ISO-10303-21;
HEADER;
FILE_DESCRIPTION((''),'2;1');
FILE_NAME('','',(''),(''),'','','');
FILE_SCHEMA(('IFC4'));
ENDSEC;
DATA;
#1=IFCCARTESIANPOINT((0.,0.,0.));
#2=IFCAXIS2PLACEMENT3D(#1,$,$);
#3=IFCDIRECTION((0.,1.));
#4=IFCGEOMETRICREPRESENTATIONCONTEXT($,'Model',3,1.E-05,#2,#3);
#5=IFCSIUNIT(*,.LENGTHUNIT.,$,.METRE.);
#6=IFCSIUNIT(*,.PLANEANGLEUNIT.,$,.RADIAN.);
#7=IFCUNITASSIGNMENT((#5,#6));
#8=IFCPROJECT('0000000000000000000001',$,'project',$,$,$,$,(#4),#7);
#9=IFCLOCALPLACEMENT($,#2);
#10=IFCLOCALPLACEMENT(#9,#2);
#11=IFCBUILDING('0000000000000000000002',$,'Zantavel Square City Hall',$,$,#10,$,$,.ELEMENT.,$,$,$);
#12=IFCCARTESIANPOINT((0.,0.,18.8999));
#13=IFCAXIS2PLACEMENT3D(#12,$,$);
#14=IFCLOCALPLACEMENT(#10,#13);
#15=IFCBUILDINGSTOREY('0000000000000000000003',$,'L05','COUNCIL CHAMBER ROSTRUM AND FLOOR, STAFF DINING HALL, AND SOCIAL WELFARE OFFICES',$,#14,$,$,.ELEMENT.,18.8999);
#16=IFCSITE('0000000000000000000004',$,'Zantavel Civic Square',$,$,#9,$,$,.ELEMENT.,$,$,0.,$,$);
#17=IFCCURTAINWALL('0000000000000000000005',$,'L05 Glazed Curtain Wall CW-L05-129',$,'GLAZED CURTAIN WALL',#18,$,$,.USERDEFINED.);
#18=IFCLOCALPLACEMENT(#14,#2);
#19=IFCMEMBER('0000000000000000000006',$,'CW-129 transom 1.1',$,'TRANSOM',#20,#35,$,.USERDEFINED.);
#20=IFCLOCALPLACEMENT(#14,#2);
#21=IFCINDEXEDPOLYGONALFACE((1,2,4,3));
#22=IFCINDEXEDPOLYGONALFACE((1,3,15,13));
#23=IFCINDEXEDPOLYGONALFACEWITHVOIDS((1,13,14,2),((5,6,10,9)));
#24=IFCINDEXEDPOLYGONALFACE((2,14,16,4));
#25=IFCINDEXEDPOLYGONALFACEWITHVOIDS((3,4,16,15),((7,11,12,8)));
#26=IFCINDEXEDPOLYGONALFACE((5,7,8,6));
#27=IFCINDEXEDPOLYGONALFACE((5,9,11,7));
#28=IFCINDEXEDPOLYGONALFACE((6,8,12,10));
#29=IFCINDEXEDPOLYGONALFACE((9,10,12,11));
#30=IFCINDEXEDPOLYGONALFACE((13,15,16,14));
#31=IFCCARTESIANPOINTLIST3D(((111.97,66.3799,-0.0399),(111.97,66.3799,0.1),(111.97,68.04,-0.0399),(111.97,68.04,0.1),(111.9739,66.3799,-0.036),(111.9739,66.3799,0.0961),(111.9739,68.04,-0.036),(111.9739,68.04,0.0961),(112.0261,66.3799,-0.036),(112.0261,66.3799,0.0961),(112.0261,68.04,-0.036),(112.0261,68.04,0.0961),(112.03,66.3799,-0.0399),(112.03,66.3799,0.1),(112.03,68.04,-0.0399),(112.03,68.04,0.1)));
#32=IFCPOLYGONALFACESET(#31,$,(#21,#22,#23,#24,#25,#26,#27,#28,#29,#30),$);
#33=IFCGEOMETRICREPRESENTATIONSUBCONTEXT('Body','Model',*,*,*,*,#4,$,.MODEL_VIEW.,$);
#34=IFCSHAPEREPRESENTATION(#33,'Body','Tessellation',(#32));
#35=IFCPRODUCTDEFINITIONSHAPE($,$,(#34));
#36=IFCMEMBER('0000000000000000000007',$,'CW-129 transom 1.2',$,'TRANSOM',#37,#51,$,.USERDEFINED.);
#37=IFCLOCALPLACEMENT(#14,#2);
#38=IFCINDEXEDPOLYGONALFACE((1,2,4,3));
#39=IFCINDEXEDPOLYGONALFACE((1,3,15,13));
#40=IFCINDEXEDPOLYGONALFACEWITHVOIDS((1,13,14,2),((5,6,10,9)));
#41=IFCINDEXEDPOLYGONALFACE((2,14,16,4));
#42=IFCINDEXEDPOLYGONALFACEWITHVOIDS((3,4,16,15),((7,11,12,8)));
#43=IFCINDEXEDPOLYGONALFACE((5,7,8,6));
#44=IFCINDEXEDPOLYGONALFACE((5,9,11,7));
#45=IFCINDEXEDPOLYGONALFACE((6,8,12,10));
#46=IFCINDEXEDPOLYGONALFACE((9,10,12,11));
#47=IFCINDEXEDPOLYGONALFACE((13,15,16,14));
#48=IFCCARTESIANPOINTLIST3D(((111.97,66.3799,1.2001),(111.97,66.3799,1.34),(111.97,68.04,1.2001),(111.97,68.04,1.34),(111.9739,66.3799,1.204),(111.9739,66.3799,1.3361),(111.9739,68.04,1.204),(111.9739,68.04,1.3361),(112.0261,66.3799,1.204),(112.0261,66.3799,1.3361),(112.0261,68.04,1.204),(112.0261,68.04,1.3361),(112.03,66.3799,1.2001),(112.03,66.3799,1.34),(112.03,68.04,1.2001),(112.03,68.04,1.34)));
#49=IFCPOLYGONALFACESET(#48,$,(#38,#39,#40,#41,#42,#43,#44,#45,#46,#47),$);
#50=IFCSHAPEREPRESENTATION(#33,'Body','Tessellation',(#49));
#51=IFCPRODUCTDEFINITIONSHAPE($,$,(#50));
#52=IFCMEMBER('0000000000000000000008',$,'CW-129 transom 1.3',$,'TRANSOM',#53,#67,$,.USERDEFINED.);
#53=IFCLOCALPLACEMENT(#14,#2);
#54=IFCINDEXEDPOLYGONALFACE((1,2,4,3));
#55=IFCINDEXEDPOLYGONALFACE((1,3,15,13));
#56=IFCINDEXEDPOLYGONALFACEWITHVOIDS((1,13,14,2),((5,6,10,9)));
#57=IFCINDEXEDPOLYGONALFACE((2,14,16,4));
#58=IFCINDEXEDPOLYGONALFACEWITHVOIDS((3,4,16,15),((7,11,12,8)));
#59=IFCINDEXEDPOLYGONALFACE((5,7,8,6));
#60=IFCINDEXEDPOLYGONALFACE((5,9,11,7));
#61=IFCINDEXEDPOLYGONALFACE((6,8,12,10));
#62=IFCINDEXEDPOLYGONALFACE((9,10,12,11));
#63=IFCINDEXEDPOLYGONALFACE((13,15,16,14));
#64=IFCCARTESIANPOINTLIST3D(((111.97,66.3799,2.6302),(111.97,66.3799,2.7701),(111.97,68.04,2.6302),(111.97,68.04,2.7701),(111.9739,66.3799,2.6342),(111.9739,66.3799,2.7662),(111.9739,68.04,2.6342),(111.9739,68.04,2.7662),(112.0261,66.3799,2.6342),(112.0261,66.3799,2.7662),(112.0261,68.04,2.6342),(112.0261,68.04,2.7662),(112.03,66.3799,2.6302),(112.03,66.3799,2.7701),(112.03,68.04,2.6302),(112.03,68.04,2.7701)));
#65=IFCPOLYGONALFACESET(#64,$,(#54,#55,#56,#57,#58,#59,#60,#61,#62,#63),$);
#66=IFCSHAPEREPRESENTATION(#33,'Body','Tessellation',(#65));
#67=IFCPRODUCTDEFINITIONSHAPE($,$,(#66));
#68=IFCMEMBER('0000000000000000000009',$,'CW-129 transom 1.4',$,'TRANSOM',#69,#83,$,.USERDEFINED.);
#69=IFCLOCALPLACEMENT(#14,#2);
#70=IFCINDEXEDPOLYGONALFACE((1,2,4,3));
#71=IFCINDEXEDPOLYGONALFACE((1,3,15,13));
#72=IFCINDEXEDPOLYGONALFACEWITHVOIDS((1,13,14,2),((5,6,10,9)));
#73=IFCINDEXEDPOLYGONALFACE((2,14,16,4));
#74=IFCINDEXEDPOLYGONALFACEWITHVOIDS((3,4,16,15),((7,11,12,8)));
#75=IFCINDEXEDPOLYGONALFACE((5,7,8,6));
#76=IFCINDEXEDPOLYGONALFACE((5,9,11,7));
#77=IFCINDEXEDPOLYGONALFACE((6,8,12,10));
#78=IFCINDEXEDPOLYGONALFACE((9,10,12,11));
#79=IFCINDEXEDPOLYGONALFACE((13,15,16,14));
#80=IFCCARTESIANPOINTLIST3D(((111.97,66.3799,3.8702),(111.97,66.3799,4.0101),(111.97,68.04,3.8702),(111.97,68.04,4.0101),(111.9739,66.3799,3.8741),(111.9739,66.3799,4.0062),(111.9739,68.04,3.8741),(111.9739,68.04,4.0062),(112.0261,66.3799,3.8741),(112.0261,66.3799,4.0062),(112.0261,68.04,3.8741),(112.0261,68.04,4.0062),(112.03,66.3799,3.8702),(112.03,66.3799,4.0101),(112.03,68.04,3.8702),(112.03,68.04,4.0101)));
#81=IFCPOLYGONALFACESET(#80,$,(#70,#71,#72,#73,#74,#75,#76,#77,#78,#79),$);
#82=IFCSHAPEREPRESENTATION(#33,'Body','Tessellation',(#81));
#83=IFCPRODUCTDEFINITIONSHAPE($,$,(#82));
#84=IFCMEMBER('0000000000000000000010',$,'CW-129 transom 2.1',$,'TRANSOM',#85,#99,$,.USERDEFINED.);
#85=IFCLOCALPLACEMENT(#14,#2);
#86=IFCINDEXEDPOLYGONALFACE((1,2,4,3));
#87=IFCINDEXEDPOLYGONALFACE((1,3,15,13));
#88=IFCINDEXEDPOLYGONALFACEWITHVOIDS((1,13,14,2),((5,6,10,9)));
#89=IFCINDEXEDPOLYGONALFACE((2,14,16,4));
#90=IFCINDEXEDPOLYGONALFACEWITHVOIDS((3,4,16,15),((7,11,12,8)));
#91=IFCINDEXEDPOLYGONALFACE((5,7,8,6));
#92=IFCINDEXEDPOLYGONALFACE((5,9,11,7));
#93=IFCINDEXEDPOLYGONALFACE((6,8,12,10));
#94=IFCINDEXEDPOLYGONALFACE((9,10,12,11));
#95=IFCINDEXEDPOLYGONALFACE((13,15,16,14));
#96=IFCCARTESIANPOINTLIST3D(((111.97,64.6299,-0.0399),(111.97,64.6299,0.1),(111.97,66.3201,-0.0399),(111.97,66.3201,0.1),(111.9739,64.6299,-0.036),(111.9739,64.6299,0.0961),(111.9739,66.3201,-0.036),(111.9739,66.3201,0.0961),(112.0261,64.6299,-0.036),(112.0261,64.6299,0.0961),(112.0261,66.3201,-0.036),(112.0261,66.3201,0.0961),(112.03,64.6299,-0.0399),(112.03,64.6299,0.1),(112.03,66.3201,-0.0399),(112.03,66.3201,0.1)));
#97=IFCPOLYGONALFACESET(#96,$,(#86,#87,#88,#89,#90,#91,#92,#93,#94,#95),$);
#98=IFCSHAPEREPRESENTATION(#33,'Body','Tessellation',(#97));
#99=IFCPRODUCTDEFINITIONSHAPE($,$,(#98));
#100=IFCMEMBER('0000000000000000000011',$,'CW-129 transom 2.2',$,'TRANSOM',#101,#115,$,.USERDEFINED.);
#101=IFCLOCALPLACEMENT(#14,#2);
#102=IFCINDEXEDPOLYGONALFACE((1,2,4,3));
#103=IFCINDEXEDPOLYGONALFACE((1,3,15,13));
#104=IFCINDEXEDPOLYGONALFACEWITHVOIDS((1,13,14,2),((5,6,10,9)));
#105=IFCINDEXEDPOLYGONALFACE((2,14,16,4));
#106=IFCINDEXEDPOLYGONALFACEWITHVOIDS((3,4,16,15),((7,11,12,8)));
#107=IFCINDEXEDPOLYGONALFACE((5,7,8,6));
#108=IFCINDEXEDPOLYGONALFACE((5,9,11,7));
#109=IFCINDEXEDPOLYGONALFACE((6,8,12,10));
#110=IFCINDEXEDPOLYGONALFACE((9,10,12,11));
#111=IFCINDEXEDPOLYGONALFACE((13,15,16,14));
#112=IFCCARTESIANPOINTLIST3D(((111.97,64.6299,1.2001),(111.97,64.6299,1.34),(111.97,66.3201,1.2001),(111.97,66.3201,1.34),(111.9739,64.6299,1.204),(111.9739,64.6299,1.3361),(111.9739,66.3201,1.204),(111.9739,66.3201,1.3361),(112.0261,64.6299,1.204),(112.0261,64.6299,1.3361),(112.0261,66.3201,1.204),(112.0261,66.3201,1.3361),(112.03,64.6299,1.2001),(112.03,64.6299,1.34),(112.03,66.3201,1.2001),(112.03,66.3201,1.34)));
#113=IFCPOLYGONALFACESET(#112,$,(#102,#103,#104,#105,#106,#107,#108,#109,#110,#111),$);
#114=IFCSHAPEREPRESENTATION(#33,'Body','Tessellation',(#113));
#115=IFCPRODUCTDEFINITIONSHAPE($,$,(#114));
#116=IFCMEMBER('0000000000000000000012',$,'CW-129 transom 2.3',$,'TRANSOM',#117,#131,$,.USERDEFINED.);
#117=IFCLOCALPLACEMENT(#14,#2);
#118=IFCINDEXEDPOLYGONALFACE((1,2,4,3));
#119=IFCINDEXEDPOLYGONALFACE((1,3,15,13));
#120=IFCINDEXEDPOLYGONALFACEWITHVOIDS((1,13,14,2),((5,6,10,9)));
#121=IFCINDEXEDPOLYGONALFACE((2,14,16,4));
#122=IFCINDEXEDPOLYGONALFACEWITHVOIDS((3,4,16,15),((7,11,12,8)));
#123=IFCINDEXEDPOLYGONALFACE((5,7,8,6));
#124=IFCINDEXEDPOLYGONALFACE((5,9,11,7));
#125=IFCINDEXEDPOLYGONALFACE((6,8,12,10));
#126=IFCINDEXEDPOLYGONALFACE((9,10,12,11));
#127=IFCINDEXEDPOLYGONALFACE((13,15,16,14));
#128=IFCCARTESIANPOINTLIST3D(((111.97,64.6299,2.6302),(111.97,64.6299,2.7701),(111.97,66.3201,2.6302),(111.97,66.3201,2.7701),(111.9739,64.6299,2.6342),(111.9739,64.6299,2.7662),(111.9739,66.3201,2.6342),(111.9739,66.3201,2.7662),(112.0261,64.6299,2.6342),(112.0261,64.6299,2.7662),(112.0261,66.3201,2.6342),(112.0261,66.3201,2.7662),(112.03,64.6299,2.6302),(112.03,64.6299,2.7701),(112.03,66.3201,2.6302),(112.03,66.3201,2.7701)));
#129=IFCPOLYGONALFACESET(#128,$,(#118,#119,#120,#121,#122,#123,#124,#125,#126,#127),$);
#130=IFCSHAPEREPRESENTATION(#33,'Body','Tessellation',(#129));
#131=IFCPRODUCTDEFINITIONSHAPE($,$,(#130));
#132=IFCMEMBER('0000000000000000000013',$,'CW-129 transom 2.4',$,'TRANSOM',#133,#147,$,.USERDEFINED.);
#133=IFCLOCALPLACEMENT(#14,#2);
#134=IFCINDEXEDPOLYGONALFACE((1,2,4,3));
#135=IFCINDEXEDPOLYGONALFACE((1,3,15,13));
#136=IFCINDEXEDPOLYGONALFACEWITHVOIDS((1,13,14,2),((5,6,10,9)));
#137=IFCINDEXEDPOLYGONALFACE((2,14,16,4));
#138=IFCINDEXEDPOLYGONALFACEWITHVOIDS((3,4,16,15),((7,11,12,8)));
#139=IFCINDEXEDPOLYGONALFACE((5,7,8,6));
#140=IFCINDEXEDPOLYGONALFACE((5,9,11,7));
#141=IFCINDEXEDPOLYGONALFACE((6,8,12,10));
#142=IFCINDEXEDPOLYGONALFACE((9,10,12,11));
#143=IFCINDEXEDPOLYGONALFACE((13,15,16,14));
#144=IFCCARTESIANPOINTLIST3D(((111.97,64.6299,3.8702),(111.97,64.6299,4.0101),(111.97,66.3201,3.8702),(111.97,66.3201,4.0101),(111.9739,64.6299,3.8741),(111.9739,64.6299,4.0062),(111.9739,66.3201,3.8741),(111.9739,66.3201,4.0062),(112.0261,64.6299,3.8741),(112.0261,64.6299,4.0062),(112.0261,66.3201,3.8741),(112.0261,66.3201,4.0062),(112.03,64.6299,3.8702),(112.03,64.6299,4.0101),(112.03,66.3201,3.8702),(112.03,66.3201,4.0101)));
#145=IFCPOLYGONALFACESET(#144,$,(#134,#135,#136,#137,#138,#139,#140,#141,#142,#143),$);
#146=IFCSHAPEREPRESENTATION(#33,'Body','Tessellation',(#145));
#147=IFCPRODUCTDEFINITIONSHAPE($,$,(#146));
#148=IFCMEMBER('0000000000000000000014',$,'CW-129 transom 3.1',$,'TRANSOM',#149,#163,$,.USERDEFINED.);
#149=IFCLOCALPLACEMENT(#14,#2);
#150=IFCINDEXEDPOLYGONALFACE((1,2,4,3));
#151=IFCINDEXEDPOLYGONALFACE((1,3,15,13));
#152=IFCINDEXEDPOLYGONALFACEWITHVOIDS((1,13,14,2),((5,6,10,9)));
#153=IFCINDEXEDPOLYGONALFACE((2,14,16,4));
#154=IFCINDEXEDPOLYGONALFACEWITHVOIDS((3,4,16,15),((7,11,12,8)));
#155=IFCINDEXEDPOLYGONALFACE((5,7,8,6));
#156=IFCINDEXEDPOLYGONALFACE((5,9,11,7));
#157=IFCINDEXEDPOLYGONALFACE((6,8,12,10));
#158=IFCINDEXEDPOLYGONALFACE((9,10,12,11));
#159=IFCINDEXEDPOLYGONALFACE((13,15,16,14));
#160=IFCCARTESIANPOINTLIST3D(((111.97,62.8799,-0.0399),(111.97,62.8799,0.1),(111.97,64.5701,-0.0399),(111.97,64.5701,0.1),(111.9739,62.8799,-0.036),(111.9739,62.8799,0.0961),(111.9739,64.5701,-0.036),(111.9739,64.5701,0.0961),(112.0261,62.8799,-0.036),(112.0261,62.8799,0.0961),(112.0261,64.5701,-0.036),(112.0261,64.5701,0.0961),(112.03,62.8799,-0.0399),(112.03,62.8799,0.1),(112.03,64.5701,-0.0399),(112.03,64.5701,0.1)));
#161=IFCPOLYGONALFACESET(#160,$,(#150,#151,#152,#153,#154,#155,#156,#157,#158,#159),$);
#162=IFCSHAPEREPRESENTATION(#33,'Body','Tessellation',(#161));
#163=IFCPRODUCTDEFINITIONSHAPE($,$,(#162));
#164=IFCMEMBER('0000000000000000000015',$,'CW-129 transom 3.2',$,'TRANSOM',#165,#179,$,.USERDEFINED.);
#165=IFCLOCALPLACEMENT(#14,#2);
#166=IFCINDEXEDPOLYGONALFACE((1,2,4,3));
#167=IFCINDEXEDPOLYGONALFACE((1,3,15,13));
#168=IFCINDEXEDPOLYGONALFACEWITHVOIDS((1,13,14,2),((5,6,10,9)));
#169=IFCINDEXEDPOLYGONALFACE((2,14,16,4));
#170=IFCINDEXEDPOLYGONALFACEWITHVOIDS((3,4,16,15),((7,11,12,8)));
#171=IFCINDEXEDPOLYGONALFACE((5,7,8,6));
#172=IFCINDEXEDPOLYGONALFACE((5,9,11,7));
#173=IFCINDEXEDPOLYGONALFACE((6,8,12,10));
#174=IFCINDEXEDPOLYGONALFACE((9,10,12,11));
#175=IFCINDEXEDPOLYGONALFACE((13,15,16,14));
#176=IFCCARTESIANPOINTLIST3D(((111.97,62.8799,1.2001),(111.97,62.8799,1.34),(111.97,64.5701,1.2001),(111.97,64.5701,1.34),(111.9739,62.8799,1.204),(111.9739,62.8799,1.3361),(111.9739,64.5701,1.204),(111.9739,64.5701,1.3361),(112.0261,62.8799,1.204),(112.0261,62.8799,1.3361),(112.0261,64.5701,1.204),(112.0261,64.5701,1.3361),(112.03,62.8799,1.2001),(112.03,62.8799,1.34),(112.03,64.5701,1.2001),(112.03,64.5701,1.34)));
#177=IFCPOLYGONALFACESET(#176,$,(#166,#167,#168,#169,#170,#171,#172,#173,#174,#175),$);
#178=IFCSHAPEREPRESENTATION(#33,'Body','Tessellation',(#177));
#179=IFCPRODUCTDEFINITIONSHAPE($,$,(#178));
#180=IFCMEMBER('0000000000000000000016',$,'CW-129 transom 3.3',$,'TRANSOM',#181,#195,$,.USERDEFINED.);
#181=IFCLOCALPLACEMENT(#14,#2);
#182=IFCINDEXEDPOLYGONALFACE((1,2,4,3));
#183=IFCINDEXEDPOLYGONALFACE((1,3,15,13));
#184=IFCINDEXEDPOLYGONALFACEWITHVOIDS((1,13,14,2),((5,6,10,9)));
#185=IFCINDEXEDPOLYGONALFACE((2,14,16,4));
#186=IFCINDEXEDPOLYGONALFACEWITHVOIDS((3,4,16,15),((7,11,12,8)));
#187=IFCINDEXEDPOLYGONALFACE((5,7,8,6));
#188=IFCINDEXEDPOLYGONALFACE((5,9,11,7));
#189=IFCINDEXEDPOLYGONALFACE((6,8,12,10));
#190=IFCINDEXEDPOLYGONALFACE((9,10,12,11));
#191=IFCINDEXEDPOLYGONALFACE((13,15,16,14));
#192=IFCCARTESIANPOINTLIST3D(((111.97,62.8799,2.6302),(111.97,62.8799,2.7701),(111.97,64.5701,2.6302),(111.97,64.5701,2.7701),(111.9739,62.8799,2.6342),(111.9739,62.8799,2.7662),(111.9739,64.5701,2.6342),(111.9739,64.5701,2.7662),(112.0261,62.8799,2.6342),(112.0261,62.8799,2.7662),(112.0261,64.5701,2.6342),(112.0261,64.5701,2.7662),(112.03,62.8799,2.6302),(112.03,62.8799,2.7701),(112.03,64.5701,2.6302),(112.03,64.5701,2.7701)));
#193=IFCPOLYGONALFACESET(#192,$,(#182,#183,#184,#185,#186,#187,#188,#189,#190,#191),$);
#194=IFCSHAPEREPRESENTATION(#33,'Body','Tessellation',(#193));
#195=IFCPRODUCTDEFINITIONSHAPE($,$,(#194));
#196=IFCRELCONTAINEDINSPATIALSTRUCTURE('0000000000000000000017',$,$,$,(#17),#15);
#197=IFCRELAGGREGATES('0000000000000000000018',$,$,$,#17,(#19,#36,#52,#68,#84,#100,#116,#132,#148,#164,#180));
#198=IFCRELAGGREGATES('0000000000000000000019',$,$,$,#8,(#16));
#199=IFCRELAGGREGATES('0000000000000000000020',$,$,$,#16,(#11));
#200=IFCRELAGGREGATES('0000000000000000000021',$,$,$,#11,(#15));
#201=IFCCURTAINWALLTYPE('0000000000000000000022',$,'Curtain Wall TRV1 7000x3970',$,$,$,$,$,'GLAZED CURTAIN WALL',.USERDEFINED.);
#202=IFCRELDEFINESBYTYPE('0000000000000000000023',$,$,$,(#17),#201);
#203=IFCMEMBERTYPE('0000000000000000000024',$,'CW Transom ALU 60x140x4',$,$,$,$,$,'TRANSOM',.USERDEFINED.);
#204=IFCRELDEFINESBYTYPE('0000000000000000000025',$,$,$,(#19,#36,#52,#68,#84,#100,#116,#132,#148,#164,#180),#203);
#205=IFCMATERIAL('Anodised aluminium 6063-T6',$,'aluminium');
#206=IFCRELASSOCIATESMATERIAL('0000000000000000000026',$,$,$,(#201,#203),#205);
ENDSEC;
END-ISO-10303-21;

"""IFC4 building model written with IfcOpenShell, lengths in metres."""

from ifc_helpers import new_model, si_unit, direction, frame, origin, origin_2d, place, context, subcontext, project, spatial, hollow_rectangle, extrude, material, material_profile, profile_set, type_object, element, aggregate, save


model = new_model("IFC4")

# Units and contexts
model_context = context("Model", 3, precision=1e-05, world=origin(), true_north=direction((0.0, 1.0)))
body_context = subcontext(model_context, "Body", "Model", "MODEL_VIEW")
ifc_project = project(units=[si_unit("LENGTHUNIT", "METRE"), si_unit("PLANEANGLEUNIT", "RADIAN")], contexts=[model_context])

# Site, building, storey
site_placement = place(None, origin())
site = spatial("IfcSite", under=ifc_project, at=site_placement, Name="Zantavel Civic Square", CompositionType="ELEMENT", RefElevation=0.0)
building_placement = place(site_placement, origin())
building = spatial("IfcBuilding", under=site, at=building_placement, Name="Zantavel Square City Hall", CompositionType="ELEMENT")
storey_placement = place(building_placement, frame((0.0, 0.0, 18.8999)))
storey = spatial("IfcBuildingStorey", under=building, at=storey_placement, Name="L05", Description="COUNCIL CHAMBER ROSTRUM AND FLOOR, STAFF DINING HALL, AND SOCIAL WELFARE OFFICES", CompositionType="ELEMENT", Elevation=18.8999)

# Curtain wall, members
ifc_material_1 = material(Name="Anodised aluminium 6063-T6", Category="aluminium")
curtain_wall_type = type_object("IfcCurtainWallType", Name="Curtain Wall TRV1 7000x3970", ElementType="GLAZED CURTAIN WALL", PredefinedType="USERDEFINED", material=ifc_material_1)
curtain_wall_placement = place(storey_placement, origin())
curtain_wall = element("IfcCurtainWall", 1, at=curtain_wall_placement, inside=storey, type_object=curtain_wall_type, Name="L05 Glazed Curtain Wall CW-L05-129", ObjectType="GLAZED CURTAIN WALL", PredefinedType="USERDEFINED")
ifc_material_profile_1 = material_profile(ifc_material_1, hollow_rectangle(XDim=0.0601, YDim=0.1399, WallThickness=0.0039, at=origin_2d()), Name="ALU 60x140x4")
ifc_profile_set_1 = profile_set([ifc_material_profile_1], Name="Anodised aluminium 6063-T6")
member_type_1 = type_object("IfcMemberType", Name="CW Transom ALU 60x140x4", ElementType="TRANSOM", PredefinedType="USERDEFINED", material=ifc_profile_set_1)
member_1_placement = place(storey_placement, frame((112.0, 68.04, 0.03), z_axis=(0.0, -1.0, 0.0), x_axis=(1.0, 0.0, 0.0)))
member_1 = element("IfcMember", 2, at=member_1_placement, type_object=member_type_1, Name="CW-129 transom 1.1", ObjectType="TRANSOM", PredefinedType="USERDEFINED", context=body_context, shape_type="SweptSolid", body=[
    extrude(hollow_rectangle(XDim=0.0601, YDim=0.1399, WallThickness=0.0039, at=origin_2d()), origin(), (0.0, 0.0, 1.0), 1.6602),
])
member_2_placement = place(storey_placement, frame((112.0, 68.04, 1.27), z_axis=(0.0, -1.0, 0.0), x_axis=(1.0, 0.0, 0.0)))
member_2 = element("IfcMember", 3, at=member_2_placement, type_object=member_type_1, Name="CW-129 transom 1.2", ObjectType="TRANSOM", PredefinedType="USERDEFINED", context=body_context, shape_type="SweptSolid", body=[
    extrude(hollow_rectangle(XDim=0.0601, YDim=0.1399, WallThickness=0.0039, at=origin_2d()), origin(), (0.0, 0.0, 1.0), 1.6602),
])
member_3_placement = place(storey_placement, frame((112.0, 68.04, 2.7002), z_axis=(0.0, -1.0, 0.0), x_axis=(1.0, 0.0, 0.0)))
member_3 = element("IfcMember", 4, at=member_3_placement, type_object=member_type_1, Name="CW-129 transom 1.3", ObjectType="TRANSOM", PredefinedType="USERDEFINED", context=body_context, shape_type="SweptSolid", body=[
    extrude(hollow_rectangle(XDim=0.0601, YDim=0.1399, WallThickness=0.0039, at=origin_2d()), origin(), (0.0, 0.0, 1.0), 1.6602),
])
member_4_placement = place(storey_placement, frame((112.0, 68.04, 3.9402), z_axis=(0.0, -1.0, 0.0), x_axis=(1.0, 0.0, 0.0)))
member_4 = element("IfcMember", 5, at=member_4_placement, type_object=member_type_1, Name="CW-129 transom 1.4", ObjectType="TRANSOM", PredefinedType="USERDEFINED", context=body_context, shape_type="SweptSolid", body=[
    extrude(hollow_rectangle(XDim=0.0601, YDim=0.1399, WallThickness=0.0039, at=origin_2d()), origin(), (0.0, 0.0, 1.0), 1.6602),
])
member_5_placement = place(storey_placement, frame((112.0, 66.3201, 0.03), z_axis=(0.0, -1.0, 0.0), x_axis=(1.0, 0.0, 0.0)))
member_5 = element("IfcMember", 6, at=member_5_placement, type_object=member_type_1, Name="CW-129 transom 2.1", ObjectType="TRANSOM", PredefinedType="USERDEFINED", context=body_context, shape_type="SweptSolid", body=[
    extrude(hollow_rectangle(XDim=0.0601, YDim=0.1399, WallThickness=0.0039, at=origin_2d()), origin(), (0.0, 0.0, 1.0), 1.6902),
])
member_6_placement = place(storey_placement, frame((112.0, 66.3201, 1.27), z_axis=(0.0, -1.0, 0.0), x_axis=(1.0, 0.0, 0.0)))
member_6 = element("IfcMember", 7, at=member_6_placement, type_object=member_type_1, Name="CW-129 transom 2.2", ObjectType="TRANSOM", PredefinedType="USERDEFINED", context=body_context, shape_type="SweptSolid", body=[
    extrude(hollow_rectangle(XDim=0.0601, YDim=0.1399, WallThickness=0.0039, at=origin_2d()), origin(), (0.0, 0.0, 1.0), 1.6902),
])
member_7_placement = place(storey_placement, frame((112.0, 66.3201, 2.7002), z_axis=(0.0, -1.0, 0.0), x_axis=(1.0, 0.0, 0.0)))
member_7 = element("IfcMember", 8, at=member_7_placement, type_object=member_type_1, Name="CW-129 transom 2.3", ObjectType="TRANSOM", PredefinedType="USERDEFINED", context=body_context, shape_type="SweptSolid", body=[
    extrude(hollow_rectangle(XDim=0.0601, YDim=0.1399, WallThickness=0.0039, at=origin_2d()), origin(), (0.0, 0.0, 1.0), 1.6902),
])
member_8_placement = place(storey_placement, frame((112.0, 66.3201, 3.9402), z_axis=(0.0, -1.0, 0.0), x_axis=(1.0, 0.0, 0.0)))
member_8 = element("IfcMember", 9, at=member_8_placement, type_object=member_type_1, Name="CW-129 transom 2.4", ObjectType="TRANSOM", PredefinedType="USERDEFINED", context=body_context, shape_type="SweptSolid", body=[
    extrude(hollow_rectangle(XDim=0.0601, YDim=0.1399, WallThickness=0.0039, at=origin_2d()), origin(), (0.0, 0.0, 1.0), 1.6902),
])
member_9_placement = place(storey_placement, frame((112.0, 64.5701, 0.03), z_axis=(0.0, -1.0, 0.0), x_axis=(1.0, 0.0, 0.0)))
member_9 = element("IfcMember", 10, at=member_9_placement, type_object=member_type_1, Name="CW-129 transom 3.1", ObjectType="TRANSOM", PredefinedType="USERDEFINED", context=body_context, shape_type="SweptSolid", body=[
    extrude(hollow_rectangle(XDim=0.0601, YDim=0.1399, WallThickness=0.0039, at=origin_2d()), origin(), (0.0, 0.0, 1.0), 1.6902),
])
member_10_placement = place(storey_placement, frame((112.0, 64.5701, 1.27), z_axis=(0.0, -1.0, 0.0), x_axis=(1.0, 0.0, 0.0)))
member_10 = element("IfcMember", 11, at=member_10_placement, type_object=member_type_1, Name="CW-129 transom 3.2", ObjectType="TRANSOM", PredefinedType="USERDEFINED", context=body_context, shape_type="SweptSolid", body=[
    extrude(hollow_rectangle(XDim=0.0601, YDim=0.1399, WallThickness=0.0039, at=origin_2d()), origin(), (0.0, 0.0, 1.0), 1.6902),
])
member_11_placement = place(storey_placement, frame((112.0, 64.5701, 2.7002), z_axis=(0.0, -1.0, 0.0), x_axis=(1.0, 0.0, 0.0)))
member_11 = element("IfcMember", 12, at=member_11_placement, type_object=member_type_1, Name="CW-129 transom 3.3", ObjectType="TRANSOM", PredefinedType="USERDEFINED", context=body_context, shape_type="SweptSolid", body=[
    extrude(hollow_rectangle(XDim=0.0601, YDim=0.1399, WallThickness=0.0039, at=origin_2d()), origin(), (0.0, 0.0, 1.0), 1.6902),
])

aggregate(curtain_wall, [member_1, member_2, member_3, member_4, member_5, member_6, member_7, member_8, member_9, member_10, member_11])

save(model, "model.ifc")
